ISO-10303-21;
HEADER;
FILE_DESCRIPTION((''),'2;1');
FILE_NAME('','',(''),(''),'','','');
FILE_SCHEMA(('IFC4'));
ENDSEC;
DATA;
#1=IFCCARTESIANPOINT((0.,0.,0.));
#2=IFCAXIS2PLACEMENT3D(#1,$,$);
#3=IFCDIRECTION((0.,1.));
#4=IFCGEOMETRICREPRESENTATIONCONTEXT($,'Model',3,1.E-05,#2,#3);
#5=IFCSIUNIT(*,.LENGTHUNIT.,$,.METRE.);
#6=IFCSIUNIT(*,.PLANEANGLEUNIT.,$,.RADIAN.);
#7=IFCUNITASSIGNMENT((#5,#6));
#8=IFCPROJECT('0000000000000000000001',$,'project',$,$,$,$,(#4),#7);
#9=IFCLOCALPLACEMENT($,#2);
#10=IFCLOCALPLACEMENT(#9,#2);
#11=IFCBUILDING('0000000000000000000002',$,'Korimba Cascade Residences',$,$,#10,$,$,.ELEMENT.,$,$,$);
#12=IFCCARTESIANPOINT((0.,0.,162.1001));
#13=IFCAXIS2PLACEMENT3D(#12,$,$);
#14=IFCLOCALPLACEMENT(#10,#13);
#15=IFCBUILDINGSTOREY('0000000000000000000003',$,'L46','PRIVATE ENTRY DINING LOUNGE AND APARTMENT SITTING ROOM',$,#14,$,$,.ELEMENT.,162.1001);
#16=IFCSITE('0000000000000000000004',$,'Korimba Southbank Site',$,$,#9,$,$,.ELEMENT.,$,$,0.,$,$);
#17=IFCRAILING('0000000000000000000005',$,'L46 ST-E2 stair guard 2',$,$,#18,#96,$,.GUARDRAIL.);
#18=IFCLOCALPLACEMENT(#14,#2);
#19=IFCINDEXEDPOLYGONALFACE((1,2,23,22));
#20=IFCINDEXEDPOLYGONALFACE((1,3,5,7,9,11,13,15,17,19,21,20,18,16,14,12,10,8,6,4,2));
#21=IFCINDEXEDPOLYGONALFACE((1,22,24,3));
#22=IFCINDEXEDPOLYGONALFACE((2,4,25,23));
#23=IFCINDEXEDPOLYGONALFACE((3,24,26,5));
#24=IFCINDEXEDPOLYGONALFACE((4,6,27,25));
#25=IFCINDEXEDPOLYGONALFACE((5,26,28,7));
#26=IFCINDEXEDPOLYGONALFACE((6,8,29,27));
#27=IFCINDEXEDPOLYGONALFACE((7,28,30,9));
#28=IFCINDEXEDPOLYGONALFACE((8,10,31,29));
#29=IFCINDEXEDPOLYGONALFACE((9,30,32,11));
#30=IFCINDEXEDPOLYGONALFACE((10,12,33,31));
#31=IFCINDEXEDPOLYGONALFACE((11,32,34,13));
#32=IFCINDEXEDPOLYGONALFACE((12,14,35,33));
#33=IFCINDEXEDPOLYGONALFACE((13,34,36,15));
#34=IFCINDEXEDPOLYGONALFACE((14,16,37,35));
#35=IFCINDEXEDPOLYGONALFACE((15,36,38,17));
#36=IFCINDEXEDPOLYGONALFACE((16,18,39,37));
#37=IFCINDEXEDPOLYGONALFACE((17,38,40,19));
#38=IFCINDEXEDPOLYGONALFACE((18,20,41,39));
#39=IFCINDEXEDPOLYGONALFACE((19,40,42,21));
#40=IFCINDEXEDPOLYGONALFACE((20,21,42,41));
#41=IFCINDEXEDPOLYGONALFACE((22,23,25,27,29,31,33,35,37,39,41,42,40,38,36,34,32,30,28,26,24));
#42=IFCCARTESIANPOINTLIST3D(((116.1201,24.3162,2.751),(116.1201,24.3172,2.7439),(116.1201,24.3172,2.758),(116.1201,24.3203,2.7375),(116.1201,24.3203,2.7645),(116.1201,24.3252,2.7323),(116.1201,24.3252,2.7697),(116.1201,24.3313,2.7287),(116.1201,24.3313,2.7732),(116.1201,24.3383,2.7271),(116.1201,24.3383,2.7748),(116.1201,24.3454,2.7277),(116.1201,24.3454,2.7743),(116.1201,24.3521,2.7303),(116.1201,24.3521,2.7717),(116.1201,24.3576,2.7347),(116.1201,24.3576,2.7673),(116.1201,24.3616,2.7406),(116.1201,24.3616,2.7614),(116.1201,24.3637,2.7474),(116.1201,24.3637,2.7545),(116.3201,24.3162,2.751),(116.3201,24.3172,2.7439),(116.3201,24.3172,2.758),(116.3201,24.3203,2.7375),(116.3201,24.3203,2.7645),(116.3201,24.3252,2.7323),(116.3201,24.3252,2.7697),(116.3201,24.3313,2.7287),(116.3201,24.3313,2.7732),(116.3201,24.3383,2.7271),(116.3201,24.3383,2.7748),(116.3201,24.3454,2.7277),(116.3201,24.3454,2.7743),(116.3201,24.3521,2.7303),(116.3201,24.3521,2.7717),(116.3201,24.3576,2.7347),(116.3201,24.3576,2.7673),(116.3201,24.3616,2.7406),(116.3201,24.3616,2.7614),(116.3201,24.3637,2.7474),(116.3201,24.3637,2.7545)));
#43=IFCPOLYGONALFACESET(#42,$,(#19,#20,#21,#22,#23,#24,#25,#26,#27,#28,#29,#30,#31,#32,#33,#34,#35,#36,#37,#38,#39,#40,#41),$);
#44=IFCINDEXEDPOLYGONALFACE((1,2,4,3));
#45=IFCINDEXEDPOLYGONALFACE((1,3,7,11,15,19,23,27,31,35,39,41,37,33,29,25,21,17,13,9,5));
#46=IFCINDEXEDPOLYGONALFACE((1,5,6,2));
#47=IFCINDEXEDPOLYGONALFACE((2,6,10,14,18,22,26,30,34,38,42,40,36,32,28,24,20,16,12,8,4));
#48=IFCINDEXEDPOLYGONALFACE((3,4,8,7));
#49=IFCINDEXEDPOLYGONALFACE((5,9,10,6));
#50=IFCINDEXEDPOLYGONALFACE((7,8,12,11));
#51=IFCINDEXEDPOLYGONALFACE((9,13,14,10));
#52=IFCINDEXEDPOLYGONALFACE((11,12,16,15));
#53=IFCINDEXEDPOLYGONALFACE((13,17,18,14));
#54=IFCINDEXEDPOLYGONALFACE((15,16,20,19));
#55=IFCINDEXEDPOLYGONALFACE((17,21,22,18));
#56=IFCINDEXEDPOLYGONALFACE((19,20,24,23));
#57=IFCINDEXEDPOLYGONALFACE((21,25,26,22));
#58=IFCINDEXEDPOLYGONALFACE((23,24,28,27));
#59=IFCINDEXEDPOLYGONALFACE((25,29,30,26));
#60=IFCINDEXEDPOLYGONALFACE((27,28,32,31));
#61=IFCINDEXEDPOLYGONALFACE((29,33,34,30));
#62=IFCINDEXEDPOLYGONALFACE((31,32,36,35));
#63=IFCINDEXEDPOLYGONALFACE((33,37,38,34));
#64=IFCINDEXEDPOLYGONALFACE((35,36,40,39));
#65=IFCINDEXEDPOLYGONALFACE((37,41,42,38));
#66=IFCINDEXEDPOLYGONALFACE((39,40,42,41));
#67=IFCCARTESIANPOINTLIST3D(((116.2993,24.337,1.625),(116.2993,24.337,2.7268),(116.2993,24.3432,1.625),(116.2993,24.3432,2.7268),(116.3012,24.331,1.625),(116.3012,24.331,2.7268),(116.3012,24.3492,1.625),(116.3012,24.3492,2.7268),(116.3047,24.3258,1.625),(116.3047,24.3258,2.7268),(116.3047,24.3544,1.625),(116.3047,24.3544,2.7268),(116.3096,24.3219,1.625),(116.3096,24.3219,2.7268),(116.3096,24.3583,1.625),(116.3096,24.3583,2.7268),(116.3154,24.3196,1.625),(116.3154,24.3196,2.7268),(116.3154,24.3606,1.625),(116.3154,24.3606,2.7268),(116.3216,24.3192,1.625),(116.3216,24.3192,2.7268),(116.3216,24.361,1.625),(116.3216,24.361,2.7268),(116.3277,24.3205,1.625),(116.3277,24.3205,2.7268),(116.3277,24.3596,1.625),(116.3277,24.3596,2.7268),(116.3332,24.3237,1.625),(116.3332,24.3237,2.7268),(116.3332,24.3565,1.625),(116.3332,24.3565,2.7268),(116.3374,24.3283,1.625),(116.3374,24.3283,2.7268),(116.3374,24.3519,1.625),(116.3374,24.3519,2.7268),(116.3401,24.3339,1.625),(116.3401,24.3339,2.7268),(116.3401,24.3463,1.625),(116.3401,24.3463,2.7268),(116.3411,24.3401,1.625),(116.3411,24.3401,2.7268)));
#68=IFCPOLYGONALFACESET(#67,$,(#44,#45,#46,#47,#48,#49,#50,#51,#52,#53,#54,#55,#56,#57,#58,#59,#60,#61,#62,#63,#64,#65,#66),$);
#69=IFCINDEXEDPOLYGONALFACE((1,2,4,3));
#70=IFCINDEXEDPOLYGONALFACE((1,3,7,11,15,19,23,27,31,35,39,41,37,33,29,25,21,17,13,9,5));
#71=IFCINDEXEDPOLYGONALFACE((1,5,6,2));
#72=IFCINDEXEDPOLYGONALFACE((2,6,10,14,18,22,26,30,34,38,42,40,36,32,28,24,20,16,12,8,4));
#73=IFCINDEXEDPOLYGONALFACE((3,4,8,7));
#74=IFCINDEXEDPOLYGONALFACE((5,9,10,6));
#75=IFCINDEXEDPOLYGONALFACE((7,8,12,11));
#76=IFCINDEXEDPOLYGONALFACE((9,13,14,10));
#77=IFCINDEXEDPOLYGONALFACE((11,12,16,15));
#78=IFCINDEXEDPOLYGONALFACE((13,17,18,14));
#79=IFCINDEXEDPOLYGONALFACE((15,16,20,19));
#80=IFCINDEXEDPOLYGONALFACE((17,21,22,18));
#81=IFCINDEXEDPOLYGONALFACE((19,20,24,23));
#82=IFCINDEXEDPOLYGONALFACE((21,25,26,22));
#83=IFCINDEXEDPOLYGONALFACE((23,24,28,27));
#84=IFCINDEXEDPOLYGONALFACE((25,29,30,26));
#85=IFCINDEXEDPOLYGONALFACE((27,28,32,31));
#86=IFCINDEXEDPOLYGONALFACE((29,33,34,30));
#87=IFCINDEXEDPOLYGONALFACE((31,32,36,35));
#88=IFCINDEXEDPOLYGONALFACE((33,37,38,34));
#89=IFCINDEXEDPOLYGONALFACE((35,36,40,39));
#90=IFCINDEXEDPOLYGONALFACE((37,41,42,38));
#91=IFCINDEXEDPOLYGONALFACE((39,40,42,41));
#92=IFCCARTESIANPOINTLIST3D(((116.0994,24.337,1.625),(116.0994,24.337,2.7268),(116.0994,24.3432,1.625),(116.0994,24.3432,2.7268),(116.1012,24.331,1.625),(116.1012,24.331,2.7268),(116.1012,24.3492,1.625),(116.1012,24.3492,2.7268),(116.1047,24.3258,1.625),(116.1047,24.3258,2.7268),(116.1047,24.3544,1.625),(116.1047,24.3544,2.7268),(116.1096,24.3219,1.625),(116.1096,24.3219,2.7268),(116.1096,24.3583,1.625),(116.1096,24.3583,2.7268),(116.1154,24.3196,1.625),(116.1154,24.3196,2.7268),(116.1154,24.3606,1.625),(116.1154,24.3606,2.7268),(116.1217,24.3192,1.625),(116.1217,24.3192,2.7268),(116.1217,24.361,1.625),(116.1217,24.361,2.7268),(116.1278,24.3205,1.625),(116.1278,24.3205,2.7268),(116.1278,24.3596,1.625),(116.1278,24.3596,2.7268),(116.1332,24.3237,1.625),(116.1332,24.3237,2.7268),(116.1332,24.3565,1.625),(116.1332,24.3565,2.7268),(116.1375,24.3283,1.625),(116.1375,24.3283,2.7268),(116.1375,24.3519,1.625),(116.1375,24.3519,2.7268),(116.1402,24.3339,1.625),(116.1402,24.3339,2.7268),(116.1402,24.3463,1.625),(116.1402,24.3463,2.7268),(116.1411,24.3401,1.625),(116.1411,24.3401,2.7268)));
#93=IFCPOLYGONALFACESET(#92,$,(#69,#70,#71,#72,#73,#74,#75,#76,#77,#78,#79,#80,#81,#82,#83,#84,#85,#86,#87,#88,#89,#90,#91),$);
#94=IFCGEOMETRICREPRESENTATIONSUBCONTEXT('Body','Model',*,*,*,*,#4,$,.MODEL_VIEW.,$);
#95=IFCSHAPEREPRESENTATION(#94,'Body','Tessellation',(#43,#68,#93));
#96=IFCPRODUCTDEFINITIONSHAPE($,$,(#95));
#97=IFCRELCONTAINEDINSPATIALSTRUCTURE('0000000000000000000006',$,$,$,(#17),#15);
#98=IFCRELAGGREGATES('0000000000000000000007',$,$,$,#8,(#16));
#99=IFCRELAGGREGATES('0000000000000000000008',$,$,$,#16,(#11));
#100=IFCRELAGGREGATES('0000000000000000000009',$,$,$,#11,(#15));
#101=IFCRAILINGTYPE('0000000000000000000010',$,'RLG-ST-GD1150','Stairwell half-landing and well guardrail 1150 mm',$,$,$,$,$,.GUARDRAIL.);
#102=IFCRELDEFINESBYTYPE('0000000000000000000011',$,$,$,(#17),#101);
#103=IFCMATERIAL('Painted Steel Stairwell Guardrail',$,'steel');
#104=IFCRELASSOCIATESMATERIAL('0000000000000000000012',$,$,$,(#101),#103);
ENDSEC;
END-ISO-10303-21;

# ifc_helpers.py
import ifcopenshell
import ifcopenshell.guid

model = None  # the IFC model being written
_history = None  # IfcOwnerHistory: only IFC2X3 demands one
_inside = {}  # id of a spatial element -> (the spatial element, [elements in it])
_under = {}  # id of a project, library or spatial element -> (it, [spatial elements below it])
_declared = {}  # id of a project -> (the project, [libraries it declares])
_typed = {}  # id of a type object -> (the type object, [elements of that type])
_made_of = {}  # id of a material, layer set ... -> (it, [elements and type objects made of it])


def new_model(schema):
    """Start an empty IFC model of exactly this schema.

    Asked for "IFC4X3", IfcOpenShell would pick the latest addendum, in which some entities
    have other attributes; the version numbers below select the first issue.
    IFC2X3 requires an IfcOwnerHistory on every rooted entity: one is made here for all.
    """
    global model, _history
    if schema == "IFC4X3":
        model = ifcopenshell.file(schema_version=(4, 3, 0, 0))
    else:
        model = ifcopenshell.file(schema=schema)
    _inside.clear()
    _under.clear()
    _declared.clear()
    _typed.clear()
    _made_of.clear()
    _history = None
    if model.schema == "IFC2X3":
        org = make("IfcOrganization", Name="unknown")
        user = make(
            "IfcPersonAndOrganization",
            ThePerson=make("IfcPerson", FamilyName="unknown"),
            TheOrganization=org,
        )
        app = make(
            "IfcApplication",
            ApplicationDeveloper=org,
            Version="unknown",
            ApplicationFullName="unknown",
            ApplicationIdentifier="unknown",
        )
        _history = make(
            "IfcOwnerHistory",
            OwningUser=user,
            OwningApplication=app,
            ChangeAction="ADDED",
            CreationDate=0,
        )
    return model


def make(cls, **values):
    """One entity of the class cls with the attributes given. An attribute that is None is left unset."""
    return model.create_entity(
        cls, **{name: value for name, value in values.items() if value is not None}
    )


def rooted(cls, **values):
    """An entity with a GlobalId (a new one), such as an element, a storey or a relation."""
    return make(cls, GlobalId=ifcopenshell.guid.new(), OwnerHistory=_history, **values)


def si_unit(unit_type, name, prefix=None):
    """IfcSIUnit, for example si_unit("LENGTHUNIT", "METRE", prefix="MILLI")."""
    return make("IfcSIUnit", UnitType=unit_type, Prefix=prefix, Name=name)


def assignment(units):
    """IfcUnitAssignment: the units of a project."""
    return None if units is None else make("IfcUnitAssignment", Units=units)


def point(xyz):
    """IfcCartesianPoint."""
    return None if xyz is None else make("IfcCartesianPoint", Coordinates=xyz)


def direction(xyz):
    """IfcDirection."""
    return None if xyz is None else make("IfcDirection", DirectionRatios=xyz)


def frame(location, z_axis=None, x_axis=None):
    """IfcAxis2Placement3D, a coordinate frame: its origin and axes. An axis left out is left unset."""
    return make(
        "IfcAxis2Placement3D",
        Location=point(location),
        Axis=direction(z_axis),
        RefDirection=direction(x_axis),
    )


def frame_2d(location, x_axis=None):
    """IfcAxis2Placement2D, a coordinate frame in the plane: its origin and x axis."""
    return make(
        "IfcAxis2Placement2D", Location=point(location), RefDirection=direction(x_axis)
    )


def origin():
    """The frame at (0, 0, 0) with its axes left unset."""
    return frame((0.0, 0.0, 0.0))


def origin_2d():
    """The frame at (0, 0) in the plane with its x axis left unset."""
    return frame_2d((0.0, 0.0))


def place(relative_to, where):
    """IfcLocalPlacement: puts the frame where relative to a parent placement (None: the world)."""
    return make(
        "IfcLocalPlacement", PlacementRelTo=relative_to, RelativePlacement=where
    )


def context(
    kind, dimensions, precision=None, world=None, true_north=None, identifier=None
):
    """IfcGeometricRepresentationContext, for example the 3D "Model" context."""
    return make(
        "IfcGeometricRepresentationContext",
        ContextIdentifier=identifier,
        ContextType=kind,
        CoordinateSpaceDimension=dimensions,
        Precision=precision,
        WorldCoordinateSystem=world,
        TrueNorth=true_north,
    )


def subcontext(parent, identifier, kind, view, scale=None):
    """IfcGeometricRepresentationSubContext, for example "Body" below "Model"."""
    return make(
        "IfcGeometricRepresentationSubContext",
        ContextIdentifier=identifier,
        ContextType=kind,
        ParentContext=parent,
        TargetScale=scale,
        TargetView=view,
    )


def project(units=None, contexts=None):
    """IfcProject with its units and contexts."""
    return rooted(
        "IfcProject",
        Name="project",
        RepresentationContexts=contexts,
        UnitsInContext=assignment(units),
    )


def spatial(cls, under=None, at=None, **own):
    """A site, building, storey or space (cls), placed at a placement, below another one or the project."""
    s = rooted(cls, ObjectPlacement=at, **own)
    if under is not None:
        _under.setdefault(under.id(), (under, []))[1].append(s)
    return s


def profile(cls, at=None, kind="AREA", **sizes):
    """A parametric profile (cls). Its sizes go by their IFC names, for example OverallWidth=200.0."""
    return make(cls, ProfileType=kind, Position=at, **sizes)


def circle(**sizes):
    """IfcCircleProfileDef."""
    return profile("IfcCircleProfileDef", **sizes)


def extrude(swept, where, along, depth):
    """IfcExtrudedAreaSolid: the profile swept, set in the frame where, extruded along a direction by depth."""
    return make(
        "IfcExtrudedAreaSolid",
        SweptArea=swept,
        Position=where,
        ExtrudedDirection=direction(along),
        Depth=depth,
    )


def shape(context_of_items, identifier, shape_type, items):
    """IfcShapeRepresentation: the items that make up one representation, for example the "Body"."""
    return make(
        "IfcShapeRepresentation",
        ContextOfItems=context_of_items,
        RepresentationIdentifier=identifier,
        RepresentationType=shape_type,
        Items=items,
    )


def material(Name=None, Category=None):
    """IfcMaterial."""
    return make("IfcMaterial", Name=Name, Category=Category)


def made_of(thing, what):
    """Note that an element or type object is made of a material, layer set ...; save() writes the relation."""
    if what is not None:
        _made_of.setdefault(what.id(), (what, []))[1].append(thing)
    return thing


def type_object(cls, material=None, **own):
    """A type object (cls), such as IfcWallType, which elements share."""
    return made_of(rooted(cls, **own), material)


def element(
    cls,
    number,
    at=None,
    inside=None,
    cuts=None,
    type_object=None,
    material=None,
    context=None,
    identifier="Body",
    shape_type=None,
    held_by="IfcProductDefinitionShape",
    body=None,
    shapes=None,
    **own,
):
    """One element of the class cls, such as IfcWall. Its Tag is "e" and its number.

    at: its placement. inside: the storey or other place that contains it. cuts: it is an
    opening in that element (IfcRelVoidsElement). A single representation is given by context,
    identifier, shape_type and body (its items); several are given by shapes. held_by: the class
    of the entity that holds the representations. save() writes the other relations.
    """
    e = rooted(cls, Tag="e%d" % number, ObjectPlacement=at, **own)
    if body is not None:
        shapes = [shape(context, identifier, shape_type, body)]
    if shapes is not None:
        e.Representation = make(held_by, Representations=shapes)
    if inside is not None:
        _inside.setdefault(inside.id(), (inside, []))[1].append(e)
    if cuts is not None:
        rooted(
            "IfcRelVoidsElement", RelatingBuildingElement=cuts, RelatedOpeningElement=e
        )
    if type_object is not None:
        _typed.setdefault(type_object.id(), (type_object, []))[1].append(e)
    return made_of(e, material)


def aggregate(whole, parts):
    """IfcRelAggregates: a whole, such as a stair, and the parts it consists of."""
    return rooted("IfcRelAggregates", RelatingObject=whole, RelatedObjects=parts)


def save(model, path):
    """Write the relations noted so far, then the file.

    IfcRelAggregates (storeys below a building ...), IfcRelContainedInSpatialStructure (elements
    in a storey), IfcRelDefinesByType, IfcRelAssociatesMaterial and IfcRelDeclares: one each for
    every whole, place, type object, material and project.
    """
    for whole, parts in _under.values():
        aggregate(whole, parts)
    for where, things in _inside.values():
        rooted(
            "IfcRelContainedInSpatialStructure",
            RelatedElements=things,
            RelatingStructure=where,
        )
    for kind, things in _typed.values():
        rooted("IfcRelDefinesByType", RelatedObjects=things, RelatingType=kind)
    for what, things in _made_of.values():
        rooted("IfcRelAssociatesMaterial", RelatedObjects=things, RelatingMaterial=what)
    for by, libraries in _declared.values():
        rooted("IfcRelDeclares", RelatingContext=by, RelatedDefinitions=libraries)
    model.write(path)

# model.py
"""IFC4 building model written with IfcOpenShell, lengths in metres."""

from ifc_helpers import new_model, si_unit, direction, frame, origin, origin_2d, place, context, subcontext, project, spatial, circle, extrude, material, type_object, element, save


model = new_model("IFC4")

# Units and contexts
model_context = context("Model", 3, precision=1e-05, world=origin(), true_north=direction((0.0, 1.0)))
body_context = subcontext(model_context, "Body", "Model", "MODEL_VIEW")
ifc_project = project(units=[si_unit("LENGTHUNIT", "METRE"), si_unit("PLANEANGLEUNIT", "RADIAN")], contexts=[model_context])

# Site, building, storey
site_placement = place(None, origin())
site = spatial("IfcSite", under=ifc_project, at=site_placement, Name="Korimba Southbank Site", CompositionType="ELEMENT", RefElevation=0.0)
building_placement = place(site_placement, origin())
building = spatial("IfcBuilding", under=site, at=building_placement, Name="Korimba Cascade Residences", CompositionType="ELEMENT")
storey_placement = place(building_placement, frame((0.0, 0.0, 162.1001)))
storey = spatial("IfcBuildingStorey", under=building, at=storey_placement, Name="L46", Description="PRIVATE ENTRY DINING LOUNGE AND APARTMENT SITTING ROOM", CompositionType="ELEMENT", Elevation=162.1001)

# Railing
ifc_material_1 = material(Name="Painted Steel Stairwell Guardrail", Category="steel")
railing_type_1 = type_object("IfcRailingType", Name="RLG-ST-GD1150", Description="Stairwell half-landing and well guardrail 1150 mm", PredefinedType="GUARDRAIL", material=ifc_material_1)
railing_1_placement = place(storey_placement, frame((116.3201, 24.3401, 1.625)))
element("IfcRailing", 1, at=railing_1_placement, inside=storey, type_object=railing_type_1, Name="L46 ST-E2 stair guard 2", PredefinedType="GUARDRAIL", context=body_context, shape_type="SweptSolid", body=[
    extrude(circle(Radius=0.0239, at=origin_2d()), frame((0.0, 0.0, 1.126), z_axis=(-1.0, 0.0, 0.0), x_axis=(0.0, -1.0, 0.0)), (0.0, 0.0, 1.0), 0.2),
    extrude(circle(Radius=0.021, at=origin_2d()), origin(), (0.0, 0.0, 1.0), 1.1018),
    extrude(circle(Radius=0.021, at=origin_2d()), frame((-0.2, 0.0, 0.0)), (0.0, 0.0, 1.0), 1.1018),
])

save(model, "model.ifc")
